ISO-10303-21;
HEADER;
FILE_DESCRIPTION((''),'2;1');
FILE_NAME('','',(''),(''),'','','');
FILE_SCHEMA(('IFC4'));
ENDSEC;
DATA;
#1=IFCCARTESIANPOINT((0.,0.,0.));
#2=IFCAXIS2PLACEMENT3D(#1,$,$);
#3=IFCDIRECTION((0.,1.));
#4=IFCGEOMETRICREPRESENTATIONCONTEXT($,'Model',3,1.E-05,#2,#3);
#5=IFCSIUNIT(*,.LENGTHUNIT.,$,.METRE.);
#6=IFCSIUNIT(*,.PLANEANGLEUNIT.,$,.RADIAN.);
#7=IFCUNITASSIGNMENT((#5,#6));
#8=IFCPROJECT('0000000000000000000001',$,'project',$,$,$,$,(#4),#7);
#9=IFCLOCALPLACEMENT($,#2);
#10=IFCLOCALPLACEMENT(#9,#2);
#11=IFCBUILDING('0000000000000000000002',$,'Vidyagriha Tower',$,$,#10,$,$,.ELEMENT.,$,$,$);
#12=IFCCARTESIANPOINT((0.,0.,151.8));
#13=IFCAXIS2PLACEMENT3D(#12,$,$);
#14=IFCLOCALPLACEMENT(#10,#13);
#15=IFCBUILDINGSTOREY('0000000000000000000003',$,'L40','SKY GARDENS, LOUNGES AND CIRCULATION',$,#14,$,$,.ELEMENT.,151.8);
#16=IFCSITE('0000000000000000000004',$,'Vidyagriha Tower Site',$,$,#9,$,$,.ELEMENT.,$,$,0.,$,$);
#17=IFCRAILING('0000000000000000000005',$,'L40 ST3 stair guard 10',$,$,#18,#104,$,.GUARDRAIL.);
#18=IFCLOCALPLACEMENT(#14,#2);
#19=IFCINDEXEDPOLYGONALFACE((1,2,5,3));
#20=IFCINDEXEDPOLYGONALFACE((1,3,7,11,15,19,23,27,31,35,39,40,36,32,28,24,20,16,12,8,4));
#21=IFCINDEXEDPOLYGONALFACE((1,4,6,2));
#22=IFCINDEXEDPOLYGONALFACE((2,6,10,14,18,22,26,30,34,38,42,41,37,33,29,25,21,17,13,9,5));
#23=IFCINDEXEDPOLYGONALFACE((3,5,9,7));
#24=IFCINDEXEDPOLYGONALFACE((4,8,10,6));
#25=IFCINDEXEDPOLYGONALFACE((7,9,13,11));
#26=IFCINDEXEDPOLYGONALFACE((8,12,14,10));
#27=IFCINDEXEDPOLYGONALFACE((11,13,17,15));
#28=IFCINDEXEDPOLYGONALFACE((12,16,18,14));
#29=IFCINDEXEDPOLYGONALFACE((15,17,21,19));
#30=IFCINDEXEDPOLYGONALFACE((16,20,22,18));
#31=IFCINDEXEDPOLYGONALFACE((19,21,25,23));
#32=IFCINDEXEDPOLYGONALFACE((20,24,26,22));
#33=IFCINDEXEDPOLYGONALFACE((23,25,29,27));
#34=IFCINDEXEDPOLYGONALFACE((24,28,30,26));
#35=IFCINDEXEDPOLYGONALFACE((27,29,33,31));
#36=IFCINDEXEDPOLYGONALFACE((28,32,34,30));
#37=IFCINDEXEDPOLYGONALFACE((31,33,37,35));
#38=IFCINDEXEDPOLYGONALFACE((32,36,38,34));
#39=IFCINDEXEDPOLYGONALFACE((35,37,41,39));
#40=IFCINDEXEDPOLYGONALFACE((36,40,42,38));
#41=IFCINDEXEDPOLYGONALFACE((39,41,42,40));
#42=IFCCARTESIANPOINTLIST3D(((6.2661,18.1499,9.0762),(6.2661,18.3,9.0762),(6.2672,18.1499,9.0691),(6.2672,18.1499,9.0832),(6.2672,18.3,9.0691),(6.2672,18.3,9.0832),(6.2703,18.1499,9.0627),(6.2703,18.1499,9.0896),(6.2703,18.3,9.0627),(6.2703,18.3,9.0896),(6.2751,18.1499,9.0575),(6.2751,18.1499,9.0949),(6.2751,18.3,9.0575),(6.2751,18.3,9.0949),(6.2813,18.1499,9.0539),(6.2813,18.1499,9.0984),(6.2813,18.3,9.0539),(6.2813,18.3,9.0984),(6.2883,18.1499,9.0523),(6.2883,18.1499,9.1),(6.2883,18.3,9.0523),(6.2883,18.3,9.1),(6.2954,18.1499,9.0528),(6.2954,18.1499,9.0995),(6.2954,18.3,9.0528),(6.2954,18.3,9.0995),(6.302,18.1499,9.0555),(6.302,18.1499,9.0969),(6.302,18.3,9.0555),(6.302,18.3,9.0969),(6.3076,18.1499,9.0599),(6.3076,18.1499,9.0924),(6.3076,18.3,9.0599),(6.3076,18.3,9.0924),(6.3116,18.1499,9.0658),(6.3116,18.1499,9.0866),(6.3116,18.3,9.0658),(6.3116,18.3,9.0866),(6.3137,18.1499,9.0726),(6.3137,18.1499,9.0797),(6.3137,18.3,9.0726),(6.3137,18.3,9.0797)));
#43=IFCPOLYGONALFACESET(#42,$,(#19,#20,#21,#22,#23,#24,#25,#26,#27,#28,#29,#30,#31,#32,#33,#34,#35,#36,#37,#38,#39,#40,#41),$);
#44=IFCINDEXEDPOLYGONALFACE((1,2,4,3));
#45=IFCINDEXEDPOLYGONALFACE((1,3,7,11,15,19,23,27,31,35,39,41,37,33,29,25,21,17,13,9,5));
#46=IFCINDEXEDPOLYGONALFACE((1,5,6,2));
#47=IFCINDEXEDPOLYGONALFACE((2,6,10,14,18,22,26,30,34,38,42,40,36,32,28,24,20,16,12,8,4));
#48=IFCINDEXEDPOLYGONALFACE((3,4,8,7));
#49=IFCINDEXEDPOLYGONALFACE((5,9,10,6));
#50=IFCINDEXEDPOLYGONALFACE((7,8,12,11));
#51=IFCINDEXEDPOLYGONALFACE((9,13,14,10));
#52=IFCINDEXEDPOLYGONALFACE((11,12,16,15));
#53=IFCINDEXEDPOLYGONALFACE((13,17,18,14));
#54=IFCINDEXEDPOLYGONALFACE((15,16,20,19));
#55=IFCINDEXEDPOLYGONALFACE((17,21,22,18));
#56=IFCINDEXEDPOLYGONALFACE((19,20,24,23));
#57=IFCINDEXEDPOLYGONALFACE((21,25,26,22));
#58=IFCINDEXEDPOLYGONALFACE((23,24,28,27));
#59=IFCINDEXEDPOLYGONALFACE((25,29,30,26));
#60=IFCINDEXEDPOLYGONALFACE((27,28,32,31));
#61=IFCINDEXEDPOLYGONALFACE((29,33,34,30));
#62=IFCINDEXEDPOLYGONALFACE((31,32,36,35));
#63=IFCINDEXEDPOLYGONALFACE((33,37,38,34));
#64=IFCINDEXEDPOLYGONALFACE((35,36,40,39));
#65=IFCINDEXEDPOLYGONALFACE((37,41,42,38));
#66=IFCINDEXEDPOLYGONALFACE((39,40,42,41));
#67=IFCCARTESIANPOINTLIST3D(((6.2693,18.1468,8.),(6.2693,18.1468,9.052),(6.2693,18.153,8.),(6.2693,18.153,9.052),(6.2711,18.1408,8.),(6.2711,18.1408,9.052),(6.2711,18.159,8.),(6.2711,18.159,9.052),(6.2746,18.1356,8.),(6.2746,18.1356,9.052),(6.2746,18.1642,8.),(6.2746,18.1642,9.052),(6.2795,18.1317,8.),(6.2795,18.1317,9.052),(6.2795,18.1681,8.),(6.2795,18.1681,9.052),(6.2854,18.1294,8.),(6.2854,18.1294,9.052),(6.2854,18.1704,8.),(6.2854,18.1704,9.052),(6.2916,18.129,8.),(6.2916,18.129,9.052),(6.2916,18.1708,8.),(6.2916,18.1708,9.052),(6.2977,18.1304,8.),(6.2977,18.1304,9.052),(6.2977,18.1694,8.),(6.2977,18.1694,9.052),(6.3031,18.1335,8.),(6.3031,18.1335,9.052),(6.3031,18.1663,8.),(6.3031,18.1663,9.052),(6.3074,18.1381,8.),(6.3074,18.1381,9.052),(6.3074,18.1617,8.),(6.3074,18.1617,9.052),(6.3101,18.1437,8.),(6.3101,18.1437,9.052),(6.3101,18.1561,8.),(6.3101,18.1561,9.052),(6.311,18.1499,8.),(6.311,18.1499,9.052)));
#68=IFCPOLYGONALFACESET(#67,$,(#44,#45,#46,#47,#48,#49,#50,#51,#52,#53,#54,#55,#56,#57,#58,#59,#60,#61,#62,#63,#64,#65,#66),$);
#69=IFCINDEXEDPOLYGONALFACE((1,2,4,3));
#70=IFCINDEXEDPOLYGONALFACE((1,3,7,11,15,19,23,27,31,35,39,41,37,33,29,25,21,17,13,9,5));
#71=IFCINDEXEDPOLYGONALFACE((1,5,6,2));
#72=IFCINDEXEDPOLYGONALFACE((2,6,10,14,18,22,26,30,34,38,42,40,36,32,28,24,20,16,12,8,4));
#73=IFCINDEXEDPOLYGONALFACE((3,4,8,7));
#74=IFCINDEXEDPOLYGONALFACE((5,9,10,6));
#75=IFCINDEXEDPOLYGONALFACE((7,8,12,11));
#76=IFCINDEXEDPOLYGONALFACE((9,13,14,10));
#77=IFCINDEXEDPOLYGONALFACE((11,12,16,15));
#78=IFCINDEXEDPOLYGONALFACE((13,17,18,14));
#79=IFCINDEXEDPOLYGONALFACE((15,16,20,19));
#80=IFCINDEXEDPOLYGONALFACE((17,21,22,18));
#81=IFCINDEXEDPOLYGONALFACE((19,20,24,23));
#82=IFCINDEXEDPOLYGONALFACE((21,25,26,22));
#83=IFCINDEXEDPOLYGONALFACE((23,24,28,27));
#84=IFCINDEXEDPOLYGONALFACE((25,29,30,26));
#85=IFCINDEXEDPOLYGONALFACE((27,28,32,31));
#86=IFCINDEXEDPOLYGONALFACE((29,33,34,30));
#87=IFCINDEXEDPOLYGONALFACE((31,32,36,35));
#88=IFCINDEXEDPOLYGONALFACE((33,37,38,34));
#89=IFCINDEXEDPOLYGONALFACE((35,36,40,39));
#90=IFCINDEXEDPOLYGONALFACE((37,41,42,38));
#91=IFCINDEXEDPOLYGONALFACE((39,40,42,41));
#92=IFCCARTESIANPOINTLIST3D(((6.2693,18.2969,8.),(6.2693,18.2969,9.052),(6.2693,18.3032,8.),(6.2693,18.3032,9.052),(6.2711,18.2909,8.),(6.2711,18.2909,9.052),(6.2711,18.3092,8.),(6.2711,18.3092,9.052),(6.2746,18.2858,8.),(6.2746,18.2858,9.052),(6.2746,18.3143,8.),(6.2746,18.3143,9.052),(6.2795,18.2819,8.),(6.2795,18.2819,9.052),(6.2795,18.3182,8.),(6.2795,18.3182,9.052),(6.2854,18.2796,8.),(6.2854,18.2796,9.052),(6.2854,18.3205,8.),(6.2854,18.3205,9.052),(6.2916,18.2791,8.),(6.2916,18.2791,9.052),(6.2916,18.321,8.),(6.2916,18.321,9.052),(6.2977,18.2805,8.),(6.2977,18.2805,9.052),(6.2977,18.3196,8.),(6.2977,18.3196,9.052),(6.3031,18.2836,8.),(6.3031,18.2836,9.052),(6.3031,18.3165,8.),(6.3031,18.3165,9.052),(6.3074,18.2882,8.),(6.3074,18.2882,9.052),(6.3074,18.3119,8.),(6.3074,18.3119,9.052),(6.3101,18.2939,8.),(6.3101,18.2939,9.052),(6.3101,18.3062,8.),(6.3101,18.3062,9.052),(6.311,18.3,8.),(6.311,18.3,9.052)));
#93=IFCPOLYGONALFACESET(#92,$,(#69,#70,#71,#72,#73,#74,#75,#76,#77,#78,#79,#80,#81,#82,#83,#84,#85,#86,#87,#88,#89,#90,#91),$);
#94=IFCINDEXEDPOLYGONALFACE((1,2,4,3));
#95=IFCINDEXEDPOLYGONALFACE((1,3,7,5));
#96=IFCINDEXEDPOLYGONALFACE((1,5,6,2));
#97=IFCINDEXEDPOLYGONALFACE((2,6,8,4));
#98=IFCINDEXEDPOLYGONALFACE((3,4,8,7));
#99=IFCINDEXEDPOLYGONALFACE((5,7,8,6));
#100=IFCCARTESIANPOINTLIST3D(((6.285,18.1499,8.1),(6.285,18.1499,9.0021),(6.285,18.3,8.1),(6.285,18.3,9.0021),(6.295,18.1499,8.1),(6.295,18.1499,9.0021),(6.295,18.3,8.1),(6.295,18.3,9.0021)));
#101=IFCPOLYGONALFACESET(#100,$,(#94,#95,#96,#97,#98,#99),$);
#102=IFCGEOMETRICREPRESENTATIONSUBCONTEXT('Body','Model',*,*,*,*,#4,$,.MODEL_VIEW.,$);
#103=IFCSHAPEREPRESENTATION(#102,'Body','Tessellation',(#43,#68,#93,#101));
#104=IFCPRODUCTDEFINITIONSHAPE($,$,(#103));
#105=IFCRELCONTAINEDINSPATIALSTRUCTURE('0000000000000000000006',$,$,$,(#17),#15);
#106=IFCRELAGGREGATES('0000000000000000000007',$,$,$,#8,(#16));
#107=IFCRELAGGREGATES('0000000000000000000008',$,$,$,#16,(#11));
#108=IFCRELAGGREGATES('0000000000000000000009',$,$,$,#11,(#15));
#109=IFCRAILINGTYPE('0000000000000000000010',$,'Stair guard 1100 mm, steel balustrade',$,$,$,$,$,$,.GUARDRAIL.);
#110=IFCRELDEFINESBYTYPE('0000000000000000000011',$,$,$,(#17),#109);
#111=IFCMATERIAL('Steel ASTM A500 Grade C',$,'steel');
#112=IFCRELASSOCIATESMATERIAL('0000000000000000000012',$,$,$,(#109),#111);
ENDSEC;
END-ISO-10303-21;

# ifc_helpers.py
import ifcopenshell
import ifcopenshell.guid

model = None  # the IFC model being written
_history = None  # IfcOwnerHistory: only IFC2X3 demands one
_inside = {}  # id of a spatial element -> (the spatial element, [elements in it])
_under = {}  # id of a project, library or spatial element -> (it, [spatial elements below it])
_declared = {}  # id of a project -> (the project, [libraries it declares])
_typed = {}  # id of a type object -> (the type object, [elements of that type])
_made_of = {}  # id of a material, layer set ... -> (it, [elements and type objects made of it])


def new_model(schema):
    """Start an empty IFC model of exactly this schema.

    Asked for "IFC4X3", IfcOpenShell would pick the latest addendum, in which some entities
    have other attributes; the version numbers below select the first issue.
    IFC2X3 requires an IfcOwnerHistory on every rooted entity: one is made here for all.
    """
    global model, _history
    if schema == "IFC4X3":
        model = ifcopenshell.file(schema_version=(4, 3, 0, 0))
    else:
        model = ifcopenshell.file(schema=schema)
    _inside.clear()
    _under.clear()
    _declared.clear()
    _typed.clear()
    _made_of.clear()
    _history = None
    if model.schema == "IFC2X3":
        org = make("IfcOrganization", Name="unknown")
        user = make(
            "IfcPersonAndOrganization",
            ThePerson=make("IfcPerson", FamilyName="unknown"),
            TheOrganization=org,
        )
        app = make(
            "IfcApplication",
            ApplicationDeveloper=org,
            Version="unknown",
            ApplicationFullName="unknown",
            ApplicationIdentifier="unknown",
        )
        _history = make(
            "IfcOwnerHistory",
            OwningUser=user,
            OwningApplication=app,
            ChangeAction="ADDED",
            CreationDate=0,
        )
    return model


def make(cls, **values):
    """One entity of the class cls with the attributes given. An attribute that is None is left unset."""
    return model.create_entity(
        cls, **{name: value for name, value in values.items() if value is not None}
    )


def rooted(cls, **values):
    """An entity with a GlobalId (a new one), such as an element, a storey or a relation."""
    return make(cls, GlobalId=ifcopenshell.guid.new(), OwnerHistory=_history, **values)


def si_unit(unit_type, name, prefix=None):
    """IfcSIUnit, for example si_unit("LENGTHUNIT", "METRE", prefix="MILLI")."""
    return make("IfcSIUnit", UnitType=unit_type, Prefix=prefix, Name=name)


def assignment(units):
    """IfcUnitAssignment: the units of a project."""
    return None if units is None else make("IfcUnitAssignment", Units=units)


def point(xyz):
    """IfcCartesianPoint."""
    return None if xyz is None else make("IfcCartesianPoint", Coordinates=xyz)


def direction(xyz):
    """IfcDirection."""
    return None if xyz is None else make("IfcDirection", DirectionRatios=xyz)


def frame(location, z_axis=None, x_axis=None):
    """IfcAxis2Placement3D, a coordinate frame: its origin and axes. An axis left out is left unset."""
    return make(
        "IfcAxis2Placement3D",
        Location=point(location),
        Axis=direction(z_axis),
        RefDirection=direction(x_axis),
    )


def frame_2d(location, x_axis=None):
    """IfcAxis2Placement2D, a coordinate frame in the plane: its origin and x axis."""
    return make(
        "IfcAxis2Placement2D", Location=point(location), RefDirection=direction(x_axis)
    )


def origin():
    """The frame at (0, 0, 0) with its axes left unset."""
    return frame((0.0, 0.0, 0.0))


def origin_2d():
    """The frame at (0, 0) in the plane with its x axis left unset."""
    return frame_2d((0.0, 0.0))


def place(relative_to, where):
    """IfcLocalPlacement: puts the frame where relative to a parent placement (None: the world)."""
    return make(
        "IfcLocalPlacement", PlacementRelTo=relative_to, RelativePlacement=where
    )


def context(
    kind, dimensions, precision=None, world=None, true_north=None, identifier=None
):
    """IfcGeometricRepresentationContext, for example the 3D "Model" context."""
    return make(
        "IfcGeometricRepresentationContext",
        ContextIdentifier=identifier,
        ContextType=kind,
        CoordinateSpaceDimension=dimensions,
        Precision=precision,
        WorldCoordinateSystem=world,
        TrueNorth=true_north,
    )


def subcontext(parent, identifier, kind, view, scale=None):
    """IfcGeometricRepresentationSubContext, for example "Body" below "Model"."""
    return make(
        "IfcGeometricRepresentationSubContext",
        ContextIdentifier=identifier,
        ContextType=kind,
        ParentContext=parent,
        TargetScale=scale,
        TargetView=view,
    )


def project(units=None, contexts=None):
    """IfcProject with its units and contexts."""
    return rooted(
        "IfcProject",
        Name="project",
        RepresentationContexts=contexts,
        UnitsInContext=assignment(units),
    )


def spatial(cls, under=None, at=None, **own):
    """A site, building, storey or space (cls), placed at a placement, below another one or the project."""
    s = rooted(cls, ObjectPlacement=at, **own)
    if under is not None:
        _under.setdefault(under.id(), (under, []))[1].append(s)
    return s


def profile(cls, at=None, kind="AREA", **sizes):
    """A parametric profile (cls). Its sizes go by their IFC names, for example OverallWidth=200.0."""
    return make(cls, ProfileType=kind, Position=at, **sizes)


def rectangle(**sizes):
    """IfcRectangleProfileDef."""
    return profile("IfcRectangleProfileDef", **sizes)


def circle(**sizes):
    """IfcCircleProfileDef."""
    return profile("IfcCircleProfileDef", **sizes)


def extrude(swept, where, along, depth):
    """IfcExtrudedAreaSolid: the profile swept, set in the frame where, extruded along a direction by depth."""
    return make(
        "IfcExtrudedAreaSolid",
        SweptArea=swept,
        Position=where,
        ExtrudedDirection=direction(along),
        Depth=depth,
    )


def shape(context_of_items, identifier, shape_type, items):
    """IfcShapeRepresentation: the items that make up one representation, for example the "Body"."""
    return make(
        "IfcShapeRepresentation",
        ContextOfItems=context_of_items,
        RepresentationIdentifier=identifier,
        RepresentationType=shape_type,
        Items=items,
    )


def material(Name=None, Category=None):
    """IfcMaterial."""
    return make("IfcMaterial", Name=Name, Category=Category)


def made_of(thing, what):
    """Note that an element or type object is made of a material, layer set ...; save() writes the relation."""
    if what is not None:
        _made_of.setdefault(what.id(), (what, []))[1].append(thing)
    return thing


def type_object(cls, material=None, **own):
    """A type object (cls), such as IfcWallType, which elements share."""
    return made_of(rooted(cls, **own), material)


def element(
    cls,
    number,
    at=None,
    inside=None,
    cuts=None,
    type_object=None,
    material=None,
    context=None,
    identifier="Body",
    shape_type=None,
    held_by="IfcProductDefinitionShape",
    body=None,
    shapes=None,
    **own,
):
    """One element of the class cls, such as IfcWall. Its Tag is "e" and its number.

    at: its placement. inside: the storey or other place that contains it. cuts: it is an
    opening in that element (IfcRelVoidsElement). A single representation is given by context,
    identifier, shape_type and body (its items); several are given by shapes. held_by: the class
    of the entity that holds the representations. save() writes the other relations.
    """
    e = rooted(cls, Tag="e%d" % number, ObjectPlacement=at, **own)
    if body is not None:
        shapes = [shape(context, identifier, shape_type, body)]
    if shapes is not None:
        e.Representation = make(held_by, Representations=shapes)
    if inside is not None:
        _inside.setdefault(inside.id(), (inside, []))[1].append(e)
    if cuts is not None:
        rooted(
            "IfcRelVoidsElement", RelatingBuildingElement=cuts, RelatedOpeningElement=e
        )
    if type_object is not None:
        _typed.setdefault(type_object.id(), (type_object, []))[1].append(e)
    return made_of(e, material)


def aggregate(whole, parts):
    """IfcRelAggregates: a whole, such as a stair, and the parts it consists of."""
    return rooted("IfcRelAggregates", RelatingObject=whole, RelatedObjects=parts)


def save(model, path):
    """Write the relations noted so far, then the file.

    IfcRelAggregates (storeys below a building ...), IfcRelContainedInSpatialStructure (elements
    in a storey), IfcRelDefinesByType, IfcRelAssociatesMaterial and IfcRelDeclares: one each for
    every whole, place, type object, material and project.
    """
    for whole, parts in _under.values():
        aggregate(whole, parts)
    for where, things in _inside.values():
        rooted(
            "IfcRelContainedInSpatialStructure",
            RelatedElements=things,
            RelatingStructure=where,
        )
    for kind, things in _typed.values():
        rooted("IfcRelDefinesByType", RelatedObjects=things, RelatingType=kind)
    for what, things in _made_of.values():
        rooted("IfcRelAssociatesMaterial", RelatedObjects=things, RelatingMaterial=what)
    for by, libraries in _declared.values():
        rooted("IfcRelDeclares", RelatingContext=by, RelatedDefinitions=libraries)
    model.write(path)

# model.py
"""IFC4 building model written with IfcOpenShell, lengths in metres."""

from ifc_helpers import new_model, si_unit, direction, frame, origin, origin_2d, place, context, subcontext, project, spatial, rectangle, circle, extrude, material, type_object, element, save


model = new_model("IFC4")

# Units and contexts
model_context = context("Model", 3, precision=1e-05, world=origin(), true_north=direction((0.0, 1.0)))
body_context = subcontext(model_context, "Body", "Model", "MODEL_VIEW")
ifc_project = project(units=[si_unit("LENGTHUNIT", "METRE"), si_unit("PLANEANGLEUNIT", "RADIAN")], contexts=[model_context])

# Site, building, storey
site_placement = place(None, origin())
site = spatial("IfcSite", under=ifc_project, at=site_placement, Name="Vidyagriha Tower Site", CompositionType="ELEMENT", RefElevation=0.0)
building_placement = place(site_placement, origin())
building = spatial("IfcBuilding", under=site, at=building_placement, Name="Vidyagriha Tower", CompositionType="ELEMENT")
storey_placement = place(building_placement, frame((0.0, 0.0, 151.8)))
storey = spatial("IfcBuildingStorey", under=building, at=storey_placement, Name="L40", Description="SKY GARDENS, LOUNGES AND CIRCULATION", CompositionType="ELEMENT", Elevation=151.8)

# Railing
ifc_material_1 = material(Name="Steel ASTM A500 Grade C", Category="steel")
railing_type_1 = type_object("IfcRailingType", Name="Stair guard 1100 mm, steel balustrade", PredefinedType="GUARDRAIL", material=ifc_material_1)
railing_1_placement = place(storey_placement, frame((6.29, 18.1499, 8.0)))
element("IfcRailing", 1, at=railing_1_placement, inside=storey, type_object=railing_type_1, Name="L40 ST3 stair guard 10", PredefinedType="GUARDRAIL", context=body_context, shape_type="SweptSolid", body=[
    extrude(circle(Radius=0.0239, at=origin_2d()), frame((0.0, 0.0, 1.0762), z_axis=(0.0, 1.0, 0.0), x_axis=(-1.0, 0.0, 0.0)), (0.0, 0.0, 1.0), 0.1501),
    extrude(circle(Radius=0.021, at=origin_2d()), origin(), (0.0, 0.0, 1.0), 1.052),
    extrude(circle(Radius=0.021, at=origin_2d()), frame((0.0, 0.1501, 0.0)), (0.0, 0.0, 1.0), 1.052),
    extrude(rectangle(XDim=0.01, YDim=0.9021, at=origin_2d()), frame((0.0, 0.0, 0.551), z_axis=(0.0, 1.0, 0.0), x_axis=(-1.0, 0.0, 0.0)), (0.0, 0.0, 1.0), 0.1501),
])

save(model, "model.ifc")
